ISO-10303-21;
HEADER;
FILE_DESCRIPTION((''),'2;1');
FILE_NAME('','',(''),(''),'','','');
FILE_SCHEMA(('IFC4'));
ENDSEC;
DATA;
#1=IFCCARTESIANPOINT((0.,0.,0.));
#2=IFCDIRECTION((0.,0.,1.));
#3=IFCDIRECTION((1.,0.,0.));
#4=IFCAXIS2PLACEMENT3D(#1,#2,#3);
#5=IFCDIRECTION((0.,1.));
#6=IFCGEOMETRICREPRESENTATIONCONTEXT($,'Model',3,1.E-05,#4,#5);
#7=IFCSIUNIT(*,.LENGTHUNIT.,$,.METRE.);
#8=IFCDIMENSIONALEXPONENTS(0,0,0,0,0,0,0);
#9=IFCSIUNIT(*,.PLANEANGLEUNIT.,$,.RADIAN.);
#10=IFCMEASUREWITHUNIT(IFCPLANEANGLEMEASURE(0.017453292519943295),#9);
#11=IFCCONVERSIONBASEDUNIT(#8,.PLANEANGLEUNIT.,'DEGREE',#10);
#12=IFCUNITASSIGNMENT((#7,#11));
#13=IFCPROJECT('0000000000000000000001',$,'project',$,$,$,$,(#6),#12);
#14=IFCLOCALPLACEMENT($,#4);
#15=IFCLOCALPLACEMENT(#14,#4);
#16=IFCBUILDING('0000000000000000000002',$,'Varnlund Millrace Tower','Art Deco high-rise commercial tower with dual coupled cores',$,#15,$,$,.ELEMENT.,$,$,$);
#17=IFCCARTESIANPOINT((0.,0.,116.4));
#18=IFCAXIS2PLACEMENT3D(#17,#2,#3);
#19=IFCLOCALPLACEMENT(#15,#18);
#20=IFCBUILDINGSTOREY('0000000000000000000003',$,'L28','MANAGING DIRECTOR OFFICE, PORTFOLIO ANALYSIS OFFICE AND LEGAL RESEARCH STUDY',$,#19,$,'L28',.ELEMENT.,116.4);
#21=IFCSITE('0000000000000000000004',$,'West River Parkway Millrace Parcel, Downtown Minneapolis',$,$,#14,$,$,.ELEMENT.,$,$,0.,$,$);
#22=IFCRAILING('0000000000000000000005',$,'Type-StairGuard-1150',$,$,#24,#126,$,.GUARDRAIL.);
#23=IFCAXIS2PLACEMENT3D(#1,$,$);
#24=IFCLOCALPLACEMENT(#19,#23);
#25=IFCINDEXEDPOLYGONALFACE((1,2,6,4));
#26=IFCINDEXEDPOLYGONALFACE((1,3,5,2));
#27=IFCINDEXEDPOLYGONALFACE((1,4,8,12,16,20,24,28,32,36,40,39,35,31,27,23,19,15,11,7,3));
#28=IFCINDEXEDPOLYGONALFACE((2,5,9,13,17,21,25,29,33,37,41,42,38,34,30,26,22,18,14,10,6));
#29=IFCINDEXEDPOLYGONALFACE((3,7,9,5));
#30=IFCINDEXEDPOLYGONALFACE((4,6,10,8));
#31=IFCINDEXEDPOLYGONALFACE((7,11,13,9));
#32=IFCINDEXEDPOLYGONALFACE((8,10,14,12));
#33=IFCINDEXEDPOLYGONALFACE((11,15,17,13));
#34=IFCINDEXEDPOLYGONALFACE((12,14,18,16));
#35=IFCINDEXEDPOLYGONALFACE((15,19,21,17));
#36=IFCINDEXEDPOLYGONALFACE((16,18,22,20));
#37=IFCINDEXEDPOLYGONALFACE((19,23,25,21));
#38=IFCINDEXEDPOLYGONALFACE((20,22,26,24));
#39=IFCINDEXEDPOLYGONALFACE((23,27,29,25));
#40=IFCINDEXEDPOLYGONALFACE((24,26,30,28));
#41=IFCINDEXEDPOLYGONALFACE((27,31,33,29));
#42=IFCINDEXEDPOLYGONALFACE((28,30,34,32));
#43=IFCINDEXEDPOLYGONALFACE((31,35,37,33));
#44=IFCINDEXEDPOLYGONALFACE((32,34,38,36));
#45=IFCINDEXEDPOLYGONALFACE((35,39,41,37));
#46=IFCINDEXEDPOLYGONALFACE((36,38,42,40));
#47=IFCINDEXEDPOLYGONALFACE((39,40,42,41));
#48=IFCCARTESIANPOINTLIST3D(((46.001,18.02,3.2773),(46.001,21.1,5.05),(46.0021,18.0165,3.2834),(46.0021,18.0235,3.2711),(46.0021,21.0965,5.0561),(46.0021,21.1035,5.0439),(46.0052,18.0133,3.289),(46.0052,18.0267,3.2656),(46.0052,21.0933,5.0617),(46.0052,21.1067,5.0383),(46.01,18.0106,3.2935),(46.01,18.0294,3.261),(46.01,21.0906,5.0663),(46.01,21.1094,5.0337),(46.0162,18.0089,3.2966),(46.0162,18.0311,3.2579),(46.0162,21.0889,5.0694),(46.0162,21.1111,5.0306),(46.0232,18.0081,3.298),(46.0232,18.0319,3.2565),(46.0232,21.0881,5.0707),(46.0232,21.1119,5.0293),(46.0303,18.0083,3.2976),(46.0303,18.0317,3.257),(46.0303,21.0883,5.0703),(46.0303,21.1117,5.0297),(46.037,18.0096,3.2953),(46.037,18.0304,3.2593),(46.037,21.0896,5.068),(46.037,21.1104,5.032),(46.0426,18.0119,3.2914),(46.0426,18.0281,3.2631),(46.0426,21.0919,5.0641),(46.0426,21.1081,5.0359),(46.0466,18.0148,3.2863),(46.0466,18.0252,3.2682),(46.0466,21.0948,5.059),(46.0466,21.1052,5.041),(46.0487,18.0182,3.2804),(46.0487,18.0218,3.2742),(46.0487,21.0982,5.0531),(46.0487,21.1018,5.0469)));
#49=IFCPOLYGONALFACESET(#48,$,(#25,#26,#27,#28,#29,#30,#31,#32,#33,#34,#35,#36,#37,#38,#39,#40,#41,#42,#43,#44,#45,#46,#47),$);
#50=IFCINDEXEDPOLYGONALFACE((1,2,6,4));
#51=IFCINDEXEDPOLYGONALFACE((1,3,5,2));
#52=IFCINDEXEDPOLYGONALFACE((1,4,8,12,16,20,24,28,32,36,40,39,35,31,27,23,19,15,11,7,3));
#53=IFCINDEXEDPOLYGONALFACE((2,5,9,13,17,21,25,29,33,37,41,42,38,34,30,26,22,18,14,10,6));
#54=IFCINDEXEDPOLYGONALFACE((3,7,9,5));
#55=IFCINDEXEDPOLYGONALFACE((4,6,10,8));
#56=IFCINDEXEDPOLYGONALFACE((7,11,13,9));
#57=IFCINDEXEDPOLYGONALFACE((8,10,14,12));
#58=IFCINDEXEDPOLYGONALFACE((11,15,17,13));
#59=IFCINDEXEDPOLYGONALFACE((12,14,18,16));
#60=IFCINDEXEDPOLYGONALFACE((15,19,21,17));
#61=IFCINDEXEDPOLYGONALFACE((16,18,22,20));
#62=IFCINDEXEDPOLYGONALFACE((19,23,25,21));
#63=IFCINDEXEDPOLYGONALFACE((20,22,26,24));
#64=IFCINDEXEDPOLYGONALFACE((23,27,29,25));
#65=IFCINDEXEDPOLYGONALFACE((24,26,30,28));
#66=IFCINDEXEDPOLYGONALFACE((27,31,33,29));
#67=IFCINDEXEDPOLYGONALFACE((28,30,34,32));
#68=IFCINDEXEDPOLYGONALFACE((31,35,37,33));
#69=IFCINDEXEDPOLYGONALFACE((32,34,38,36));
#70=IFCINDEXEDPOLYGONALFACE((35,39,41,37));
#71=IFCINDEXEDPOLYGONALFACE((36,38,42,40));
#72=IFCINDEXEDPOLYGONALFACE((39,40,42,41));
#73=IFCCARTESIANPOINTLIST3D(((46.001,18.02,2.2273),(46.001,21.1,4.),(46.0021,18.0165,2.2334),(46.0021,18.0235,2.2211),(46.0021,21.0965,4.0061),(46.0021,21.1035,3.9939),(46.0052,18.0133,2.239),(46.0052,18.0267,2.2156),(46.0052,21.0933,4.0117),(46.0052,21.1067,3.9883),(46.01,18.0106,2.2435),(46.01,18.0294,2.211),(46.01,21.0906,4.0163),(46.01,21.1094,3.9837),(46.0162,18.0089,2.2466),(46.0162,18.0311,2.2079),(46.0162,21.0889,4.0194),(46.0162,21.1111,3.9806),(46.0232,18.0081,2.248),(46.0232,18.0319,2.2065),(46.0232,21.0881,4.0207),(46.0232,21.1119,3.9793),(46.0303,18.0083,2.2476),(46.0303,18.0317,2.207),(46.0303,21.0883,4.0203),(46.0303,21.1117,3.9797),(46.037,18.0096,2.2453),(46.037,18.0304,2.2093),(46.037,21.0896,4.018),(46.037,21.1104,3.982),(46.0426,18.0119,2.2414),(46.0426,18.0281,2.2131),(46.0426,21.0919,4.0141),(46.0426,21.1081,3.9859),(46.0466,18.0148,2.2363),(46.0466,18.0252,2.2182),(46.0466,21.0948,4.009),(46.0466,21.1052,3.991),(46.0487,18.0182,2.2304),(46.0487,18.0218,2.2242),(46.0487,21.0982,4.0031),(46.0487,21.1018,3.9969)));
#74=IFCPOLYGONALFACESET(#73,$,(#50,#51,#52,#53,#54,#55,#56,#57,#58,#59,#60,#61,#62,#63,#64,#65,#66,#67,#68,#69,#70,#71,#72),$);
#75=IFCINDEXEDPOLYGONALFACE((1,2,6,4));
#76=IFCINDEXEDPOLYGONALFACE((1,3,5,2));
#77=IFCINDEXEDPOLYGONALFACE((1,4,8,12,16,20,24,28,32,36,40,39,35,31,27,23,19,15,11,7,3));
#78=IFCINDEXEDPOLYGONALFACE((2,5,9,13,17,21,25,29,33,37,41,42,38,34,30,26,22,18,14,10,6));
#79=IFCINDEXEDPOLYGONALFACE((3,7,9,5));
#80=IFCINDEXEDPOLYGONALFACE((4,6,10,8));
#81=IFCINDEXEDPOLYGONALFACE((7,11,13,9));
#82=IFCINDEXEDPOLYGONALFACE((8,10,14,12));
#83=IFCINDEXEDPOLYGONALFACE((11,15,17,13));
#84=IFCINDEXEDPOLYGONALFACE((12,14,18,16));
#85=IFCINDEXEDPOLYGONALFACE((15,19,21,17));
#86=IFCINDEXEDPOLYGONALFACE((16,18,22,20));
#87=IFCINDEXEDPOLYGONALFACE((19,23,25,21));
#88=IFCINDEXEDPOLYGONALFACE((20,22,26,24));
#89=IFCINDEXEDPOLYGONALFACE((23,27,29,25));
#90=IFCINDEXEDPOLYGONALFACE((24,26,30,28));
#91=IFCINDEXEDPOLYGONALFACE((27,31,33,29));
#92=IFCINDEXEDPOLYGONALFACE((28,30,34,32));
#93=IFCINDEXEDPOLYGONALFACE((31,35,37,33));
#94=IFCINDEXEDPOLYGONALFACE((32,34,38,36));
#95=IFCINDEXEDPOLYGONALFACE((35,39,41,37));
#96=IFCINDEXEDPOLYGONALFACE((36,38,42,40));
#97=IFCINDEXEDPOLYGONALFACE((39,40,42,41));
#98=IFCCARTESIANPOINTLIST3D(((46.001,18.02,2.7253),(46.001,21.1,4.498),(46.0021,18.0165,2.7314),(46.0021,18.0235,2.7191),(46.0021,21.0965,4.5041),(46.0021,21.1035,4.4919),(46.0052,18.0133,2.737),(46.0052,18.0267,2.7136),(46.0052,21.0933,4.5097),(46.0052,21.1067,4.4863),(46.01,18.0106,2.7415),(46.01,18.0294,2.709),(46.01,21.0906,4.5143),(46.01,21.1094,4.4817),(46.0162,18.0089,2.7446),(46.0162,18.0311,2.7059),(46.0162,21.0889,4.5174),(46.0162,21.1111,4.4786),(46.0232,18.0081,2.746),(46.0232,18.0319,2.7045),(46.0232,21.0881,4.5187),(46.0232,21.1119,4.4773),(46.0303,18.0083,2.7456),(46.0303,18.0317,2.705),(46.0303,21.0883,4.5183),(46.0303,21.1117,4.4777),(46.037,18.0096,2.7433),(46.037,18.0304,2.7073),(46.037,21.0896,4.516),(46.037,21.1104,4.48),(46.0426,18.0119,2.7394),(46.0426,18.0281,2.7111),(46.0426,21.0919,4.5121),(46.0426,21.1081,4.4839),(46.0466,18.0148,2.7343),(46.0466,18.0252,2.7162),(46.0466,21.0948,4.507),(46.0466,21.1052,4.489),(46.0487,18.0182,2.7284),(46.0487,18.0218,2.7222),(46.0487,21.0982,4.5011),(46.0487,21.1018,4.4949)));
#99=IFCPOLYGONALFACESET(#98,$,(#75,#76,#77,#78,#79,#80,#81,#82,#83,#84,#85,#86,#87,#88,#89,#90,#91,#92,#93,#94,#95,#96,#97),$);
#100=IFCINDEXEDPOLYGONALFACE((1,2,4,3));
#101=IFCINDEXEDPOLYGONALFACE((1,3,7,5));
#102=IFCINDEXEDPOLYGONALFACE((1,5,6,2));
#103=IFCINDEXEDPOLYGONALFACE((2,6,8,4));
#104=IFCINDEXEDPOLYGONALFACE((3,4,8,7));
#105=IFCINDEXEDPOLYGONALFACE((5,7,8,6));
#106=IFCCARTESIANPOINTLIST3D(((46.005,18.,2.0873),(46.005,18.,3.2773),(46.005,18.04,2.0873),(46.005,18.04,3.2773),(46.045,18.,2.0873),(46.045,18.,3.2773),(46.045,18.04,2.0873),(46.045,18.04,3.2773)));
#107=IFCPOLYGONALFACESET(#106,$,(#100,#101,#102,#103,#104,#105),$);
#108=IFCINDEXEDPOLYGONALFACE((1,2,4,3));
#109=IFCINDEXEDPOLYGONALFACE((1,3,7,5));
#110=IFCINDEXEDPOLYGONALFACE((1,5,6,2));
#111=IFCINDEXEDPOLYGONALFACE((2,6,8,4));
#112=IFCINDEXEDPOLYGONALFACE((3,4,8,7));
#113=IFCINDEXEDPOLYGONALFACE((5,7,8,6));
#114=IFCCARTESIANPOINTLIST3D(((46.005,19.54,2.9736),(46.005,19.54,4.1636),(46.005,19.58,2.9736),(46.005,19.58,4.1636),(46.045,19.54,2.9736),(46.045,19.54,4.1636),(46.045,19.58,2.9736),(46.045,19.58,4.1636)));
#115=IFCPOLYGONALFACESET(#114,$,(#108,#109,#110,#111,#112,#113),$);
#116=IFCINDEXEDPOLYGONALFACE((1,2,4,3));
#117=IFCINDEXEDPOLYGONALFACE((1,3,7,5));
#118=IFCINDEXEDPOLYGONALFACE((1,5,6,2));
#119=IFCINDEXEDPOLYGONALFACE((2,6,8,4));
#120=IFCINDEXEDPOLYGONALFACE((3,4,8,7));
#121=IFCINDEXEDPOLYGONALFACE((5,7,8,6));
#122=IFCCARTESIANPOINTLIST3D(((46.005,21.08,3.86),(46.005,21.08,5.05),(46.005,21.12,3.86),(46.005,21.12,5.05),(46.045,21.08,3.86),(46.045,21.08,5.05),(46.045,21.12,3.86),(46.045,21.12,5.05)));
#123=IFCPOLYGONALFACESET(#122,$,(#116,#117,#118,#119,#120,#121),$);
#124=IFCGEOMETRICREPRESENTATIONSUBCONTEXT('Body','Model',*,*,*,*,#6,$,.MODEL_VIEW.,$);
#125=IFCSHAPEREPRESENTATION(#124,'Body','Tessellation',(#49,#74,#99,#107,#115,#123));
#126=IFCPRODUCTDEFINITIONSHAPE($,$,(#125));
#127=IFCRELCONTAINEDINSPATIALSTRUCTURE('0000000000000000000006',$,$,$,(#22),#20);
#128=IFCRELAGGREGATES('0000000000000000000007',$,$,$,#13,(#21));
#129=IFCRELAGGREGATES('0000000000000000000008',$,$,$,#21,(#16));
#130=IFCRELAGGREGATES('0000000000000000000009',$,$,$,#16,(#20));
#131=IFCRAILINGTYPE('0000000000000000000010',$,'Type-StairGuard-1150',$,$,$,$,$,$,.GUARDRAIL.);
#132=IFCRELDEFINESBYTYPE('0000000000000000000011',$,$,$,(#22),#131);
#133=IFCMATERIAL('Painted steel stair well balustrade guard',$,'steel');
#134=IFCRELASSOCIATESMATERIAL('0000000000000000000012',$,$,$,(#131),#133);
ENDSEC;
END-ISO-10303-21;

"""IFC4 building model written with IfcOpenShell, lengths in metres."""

from ifc_helpers import new_model, entity, si_unit, converted_unit, direction, frame, origin_with_axes, origin_2d_with_axis, place, context, subcontext, project, spatial, rectangle, circle, extrude, material, type_object, element, save


model = new_model("IFC4")

# Units and contexts
model_context = context("Model", 3, precision=1e-05, world=origin_with_axes(), true_north=direction((0.0, 1.0)))
body_context = subcontext(model_context, "Body", "Model", "MODEL_VIEW")
ifc_project = project(units=[si_unit("LENGTHUNIT", "METRE"), converted_unit("PLANEANGLEUNIT", "DEGREE", entity("IfcPlaneAngleMeasure", 0.017453292519943295), si_unit("PLANEANGLEUNIT", "RADIAN"), dimensions=[0, 0, 0, 0, 0, 0, 0])], contexts=[model_context])

# Site, building, storey
site_placement = place(None, origin_with_axes())
site = spatial("IfcSite", under=ifc_project, at=site_placement, Name="West River Parkway Millrace Parcel, Downtown Minneapolis", CompositionType="ELEMENT", RefElevation=0.0)
building_placement = place(site_placement, origin_with_axes())
building = spatial("IfcBuilding", under=site, at=building_placement, Name="Varnlund Millrace Tower", Description="Art Deco high-rise commercial tower with dual coupled cores", CompositionType="ELEMENT")
storey_placement = place(building_placement, frame((0.0, 0.0, 116.4), z_axis=(0.0, 0.0, 1.0), x_axis=(1.0, 0.0, 0.0)))
storey = spatial("IfcBuildingStorey", under=building, at=storey_placement, Name="L28", Description="MANAGING DIRECTOR OFFICE, PORTFOLIO ANALYSIS OFFICE AND LEGAL RESEARCH STUDY", LongName="L28", CompositionType="ELEMENT", Elevation=116.4)

# Railing
ifc_material_1 = material(Name="Painted steel stair well balustrade guard", Category="steel")
railing_type_1 = type_object("IfcRailingType", Name="Type-StairGuard-1150", PredefinedType="GUARDRAIL", material=ifc_material_1)
railing_1_placement = place(storey_placement, frame((0.0, 0.0, -116.4), z_axis=(0.0, 0.0, 1.0), x_axis=(1.0, 0.0, 0.0)))
element("IfcRailing", 1, at=railing_1_placement, inside=storey, type_object=railing_type_1, Name="Type-StairGuard-1150", PredefinedType="GUARDRAIL", context=body_context, shape_type="SweptSolid", body=[
    extrude(circle(Radius=0.024, at=origin_2d_with_axis()), frame((46.025, 18.02, 119.6773), z_axis=(0.0, 0.866696, 0.498836), x_axis=(-1.0, 0.0, 0.0)), (0.0, 0.0, 1.0), 3.5537),
    extrude(circle(Radius=0.024, at=origin_2d_with_axis()), frame((46.025, 18.02, 118.6273), z_axis=(0.0, 0.866696, 0.498836), x_axis=(-1.0, 0.0, 0.0)), (0.0, 0.0, 1.0), 3.5537),
    extrude(circle(Radius=0.024, at=origin_2d_with_axis()), frame((46.025, 18.02, 119.1253), z_axis=(0.0, 0.866696, 0.498836), x_axis=(-1.0, 0.0, 0.0)), (0.0, 0.0, 1.0), 3.5537),
    extrude(rectangle(XDim=0.04, YDim=0.04, at=origin_2d_with_axis()), frame((46.025, 18.02, 118.4873), z_axis=(0.0, 0.0, 1.0), x_axis=(1.0, 0.0, 0.0)), (0.0, 0.0, 1.0), 1.19),
    extrude(rectangle(XDim=0.04, YDim=0.04, at=origin_2d_with_axis()), frame((46.025, 19.56, 119.3736), z_axis=(0.0, 0.0, 1.0), x_axis=(1.0, 0.0, 0.0)), (0.0, 0.0, 1.0), 1.19),
    extrude(rectangle(XDim=0.04, YDim=0.04, at=origin_2d_with_axis()), frame((46.025, 21.1, 120.26), z_axis=(0.0, 0.0, 1.0), x_axis=(1.0, 0.0, 0.0)), (0.0, 0.0, 1.0), 1.19),
])

save(model, "model.ifc")
